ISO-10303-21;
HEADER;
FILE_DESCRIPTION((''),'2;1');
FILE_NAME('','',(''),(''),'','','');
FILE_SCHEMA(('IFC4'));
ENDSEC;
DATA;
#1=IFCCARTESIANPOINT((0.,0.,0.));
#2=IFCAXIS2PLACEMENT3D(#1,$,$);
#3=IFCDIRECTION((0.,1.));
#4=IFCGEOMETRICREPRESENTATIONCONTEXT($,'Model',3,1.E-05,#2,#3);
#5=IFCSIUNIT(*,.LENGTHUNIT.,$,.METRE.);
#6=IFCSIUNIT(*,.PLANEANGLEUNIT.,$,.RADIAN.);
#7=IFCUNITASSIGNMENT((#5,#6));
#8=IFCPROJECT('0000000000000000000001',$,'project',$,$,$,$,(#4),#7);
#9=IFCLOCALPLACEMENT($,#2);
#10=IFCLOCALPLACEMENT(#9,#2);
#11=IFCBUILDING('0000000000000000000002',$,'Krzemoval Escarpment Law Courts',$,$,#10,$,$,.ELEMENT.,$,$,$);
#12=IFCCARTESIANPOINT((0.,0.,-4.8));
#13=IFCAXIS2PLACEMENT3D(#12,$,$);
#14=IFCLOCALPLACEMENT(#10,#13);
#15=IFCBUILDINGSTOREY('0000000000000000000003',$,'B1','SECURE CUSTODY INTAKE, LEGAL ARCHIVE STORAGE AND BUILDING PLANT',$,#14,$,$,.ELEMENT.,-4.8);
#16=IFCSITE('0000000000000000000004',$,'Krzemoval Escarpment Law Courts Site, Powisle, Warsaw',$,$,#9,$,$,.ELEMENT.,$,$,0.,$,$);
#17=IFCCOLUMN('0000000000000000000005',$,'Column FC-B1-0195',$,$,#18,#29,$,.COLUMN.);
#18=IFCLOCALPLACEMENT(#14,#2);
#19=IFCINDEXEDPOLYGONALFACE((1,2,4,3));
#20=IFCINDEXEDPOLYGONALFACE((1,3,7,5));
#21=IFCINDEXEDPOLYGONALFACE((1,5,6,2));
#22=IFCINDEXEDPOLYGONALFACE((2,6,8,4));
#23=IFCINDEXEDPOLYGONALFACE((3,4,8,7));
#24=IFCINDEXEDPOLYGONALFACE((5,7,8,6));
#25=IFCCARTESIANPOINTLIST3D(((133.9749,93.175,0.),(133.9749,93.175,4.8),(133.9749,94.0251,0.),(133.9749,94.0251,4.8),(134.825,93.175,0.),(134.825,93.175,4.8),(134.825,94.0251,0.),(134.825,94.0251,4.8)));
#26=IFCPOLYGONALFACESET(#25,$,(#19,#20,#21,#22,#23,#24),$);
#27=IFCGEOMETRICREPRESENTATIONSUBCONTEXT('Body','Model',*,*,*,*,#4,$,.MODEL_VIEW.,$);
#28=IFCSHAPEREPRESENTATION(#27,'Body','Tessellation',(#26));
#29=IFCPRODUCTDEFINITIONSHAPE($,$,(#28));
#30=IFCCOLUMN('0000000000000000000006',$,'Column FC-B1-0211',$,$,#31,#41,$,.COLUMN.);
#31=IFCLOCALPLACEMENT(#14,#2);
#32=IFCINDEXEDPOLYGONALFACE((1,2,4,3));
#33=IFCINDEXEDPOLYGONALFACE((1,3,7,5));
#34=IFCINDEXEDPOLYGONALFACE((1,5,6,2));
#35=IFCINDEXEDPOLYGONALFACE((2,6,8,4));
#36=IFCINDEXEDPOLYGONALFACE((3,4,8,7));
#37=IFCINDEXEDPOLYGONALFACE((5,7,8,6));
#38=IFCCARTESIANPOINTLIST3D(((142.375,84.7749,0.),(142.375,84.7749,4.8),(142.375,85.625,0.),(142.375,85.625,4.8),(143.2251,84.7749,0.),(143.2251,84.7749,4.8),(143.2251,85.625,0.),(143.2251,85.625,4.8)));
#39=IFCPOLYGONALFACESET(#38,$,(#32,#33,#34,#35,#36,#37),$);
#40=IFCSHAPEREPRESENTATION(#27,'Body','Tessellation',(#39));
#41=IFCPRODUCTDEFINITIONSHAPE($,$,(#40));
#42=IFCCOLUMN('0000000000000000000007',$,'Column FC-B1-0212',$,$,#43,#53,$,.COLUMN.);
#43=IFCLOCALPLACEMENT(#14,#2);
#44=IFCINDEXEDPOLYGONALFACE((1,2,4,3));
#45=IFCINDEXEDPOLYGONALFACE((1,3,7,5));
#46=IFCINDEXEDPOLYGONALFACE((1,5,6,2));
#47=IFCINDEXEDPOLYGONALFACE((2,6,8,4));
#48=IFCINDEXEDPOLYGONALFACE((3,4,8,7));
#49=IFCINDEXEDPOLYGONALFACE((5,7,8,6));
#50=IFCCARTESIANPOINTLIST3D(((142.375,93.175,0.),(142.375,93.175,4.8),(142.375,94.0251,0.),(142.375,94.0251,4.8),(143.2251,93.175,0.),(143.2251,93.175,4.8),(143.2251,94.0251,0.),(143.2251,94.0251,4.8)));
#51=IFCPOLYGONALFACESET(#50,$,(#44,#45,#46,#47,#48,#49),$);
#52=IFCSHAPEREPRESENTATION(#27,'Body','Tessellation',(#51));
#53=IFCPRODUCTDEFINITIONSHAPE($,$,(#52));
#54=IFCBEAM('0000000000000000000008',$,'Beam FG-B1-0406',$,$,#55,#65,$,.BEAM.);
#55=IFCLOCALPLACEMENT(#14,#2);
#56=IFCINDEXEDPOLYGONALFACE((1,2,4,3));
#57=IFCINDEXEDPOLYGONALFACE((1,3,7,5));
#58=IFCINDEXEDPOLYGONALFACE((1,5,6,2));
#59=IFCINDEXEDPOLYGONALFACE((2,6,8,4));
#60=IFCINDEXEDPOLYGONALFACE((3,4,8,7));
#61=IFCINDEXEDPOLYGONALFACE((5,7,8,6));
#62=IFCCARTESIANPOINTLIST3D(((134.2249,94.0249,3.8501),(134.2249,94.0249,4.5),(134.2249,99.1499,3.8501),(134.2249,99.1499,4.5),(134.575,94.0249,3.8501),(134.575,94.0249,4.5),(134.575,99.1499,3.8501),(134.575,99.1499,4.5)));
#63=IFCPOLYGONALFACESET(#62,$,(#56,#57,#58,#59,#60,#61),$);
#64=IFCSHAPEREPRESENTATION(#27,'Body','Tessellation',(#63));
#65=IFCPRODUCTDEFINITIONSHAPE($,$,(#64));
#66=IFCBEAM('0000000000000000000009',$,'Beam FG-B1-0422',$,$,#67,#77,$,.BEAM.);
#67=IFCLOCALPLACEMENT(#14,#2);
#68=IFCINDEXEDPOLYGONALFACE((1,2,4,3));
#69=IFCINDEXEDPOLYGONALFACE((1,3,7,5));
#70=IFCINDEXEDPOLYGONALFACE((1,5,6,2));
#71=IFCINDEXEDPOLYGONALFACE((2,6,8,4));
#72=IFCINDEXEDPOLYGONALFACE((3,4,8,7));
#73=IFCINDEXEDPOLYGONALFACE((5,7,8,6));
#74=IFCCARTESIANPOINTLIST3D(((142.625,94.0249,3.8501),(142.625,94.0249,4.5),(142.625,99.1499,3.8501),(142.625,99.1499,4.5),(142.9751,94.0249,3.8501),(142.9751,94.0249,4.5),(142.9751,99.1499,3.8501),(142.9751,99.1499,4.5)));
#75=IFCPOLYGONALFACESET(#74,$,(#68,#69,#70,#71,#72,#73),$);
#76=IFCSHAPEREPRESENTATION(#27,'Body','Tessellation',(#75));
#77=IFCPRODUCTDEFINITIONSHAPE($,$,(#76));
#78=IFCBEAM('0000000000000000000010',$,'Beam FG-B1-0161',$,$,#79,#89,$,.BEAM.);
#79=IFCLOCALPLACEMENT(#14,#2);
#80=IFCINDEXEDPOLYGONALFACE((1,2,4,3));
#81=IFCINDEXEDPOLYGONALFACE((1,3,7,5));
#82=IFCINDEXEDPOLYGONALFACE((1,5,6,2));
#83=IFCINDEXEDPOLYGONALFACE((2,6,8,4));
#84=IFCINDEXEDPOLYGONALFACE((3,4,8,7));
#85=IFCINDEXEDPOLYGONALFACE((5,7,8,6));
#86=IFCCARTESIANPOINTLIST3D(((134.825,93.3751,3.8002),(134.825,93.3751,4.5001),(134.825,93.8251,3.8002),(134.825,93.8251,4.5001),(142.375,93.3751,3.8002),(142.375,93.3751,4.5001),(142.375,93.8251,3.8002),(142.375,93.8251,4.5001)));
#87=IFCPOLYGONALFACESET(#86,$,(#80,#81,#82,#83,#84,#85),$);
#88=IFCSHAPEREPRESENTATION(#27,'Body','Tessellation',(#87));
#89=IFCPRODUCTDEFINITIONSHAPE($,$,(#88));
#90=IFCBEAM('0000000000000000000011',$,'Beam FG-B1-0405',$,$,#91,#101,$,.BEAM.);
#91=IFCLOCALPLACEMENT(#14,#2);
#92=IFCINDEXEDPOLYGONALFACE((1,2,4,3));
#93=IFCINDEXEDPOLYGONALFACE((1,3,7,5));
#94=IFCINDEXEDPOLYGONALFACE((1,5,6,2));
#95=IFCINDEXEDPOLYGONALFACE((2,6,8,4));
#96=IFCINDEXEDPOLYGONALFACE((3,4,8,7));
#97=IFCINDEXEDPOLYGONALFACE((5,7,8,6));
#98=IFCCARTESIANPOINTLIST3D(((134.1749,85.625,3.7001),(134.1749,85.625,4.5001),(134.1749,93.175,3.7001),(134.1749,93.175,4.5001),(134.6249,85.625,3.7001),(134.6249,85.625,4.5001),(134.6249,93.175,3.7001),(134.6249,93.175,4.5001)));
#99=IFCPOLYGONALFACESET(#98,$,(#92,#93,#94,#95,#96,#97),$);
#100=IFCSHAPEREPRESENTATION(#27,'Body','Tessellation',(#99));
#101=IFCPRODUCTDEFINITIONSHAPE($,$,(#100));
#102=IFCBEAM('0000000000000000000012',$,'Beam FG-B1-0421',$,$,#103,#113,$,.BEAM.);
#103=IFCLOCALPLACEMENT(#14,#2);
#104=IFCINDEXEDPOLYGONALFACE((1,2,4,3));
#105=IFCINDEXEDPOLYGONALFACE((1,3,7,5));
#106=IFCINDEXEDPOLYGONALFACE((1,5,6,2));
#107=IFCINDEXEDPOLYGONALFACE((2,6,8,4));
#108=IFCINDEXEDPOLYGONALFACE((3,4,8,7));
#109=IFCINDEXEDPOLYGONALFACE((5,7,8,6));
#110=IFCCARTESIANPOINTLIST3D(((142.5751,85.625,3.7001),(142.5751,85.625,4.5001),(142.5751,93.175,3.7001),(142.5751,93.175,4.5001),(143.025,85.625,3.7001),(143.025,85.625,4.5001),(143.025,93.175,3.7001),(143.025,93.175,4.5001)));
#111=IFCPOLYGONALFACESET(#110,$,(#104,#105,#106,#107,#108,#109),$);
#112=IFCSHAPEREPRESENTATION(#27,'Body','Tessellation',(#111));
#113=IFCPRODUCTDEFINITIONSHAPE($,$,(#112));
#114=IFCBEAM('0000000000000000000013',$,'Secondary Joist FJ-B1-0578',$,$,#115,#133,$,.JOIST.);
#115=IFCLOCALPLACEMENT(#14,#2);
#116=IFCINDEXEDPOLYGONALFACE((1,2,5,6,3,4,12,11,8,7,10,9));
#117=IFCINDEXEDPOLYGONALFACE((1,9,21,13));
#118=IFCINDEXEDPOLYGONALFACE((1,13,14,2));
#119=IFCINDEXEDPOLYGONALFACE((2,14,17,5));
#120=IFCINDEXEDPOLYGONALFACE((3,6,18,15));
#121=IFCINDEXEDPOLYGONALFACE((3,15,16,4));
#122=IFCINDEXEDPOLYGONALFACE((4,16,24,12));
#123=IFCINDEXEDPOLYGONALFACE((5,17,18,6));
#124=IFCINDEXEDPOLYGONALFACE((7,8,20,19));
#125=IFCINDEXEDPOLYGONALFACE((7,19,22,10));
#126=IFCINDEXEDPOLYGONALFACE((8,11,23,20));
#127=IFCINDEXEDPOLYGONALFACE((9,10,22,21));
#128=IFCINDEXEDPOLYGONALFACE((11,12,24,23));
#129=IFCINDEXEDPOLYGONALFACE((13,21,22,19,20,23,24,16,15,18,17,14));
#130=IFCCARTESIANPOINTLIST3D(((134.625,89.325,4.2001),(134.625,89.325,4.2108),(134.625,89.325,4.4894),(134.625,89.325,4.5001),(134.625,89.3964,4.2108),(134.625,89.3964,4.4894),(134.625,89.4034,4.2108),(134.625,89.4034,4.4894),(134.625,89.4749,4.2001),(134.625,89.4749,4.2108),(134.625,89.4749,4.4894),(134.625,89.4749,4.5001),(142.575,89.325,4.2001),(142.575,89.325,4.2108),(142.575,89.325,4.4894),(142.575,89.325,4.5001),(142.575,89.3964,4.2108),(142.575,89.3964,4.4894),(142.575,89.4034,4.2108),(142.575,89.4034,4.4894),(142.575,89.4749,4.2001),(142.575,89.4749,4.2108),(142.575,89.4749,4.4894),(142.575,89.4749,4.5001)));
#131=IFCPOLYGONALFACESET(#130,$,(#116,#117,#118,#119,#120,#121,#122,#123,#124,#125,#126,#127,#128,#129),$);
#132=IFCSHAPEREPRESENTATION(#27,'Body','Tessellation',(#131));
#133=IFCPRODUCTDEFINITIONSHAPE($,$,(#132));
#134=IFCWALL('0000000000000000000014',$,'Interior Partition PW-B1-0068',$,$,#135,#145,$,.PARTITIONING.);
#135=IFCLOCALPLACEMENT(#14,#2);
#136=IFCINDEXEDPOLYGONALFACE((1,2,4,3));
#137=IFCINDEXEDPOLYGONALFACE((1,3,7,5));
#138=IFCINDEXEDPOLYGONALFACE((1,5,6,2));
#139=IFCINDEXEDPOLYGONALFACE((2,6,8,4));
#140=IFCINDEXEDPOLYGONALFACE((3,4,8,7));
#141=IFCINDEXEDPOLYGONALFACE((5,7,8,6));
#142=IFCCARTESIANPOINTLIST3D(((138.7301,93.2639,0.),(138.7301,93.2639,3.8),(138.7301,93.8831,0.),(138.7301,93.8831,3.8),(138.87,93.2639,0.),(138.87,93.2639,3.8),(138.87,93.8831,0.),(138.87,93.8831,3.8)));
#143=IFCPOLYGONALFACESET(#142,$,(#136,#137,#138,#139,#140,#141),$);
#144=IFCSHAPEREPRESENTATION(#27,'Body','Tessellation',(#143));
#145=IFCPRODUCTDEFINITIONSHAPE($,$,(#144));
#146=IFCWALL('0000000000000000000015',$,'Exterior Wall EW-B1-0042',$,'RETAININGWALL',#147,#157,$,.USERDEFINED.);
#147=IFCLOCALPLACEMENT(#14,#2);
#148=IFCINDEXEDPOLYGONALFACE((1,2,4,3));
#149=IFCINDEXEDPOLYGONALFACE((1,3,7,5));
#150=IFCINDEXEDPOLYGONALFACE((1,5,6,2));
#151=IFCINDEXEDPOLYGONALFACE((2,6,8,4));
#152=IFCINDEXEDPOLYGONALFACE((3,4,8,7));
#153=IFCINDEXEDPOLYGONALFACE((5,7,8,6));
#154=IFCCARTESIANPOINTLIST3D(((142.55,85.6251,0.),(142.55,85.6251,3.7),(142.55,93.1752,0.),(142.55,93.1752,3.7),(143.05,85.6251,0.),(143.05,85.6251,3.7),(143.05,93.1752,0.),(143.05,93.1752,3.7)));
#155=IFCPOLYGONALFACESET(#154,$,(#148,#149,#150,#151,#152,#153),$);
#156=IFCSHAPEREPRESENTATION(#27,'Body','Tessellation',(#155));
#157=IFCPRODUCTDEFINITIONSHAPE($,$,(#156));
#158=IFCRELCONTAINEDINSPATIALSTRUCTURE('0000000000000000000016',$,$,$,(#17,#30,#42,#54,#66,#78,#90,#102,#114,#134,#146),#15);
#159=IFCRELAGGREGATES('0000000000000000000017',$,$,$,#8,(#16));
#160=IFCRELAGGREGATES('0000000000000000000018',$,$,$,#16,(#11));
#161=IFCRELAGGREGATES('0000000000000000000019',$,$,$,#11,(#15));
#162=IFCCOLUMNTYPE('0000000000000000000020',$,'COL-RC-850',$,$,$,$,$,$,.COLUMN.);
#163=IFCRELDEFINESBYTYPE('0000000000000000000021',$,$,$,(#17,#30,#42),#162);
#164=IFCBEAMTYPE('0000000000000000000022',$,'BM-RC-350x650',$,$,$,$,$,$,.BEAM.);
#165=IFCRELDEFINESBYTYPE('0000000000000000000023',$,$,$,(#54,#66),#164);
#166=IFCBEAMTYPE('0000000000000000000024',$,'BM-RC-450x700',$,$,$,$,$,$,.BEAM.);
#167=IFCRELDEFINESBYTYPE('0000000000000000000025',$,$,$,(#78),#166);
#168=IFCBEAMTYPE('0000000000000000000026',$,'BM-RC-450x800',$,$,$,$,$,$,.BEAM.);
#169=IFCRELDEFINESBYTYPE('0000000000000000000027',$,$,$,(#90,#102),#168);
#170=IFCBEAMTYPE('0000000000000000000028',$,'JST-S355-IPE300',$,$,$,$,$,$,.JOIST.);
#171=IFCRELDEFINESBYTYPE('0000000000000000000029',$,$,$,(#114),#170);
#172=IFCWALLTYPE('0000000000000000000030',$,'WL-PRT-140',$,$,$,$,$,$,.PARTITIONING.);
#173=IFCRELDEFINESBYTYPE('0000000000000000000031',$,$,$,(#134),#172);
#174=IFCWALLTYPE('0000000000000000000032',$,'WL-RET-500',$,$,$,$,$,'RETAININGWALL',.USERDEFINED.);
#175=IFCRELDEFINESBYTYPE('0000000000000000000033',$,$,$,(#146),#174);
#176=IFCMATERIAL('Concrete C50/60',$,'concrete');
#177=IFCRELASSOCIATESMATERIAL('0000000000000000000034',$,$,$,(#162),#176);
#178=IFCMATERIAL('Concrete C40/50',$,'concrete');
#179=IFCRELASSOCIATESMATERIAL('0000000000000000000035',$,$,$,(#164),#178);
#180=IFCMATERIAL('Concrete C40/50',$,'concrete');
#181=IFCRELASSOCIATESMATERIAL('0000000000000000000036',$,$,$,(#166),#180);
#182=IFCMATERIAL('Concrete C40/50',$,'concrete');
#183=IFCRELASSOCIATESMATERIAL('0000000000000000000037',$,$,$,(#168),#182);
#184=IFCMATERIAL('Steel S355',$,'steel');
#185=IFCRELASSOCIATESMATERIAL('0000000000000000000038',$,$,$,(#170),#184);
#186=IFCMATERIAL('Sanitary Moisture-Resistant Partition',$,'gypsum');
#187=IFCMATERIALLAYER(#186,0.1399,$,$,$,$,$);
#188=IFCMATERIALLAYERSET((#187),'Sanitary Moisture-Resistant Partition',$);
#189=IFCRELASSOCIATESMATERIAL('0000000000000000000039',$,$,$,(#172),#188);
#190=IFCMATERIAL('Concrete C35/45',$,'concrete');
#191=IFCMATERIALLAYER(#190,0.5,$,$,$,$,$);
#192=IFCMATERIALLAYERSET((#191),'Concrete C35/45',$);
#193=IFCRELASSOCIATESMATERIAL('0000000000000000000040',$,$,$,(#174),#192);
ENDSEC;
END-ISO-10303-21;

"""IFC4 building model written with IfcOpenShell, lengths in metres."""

from ifc_helpers import new_model, si_unit, direction, frame, frame_2d, origin, origin_2d, place, context, subcontext, project, spatial, rectangle, i_section, extrude, material, layer, layer_set, material_profile, profile_set, type_object, element, save


model = new_model("IFC4")

# Units and contexts
model_context = context("Model", 3, precision=1e-05, world=origin(), true_north=direction((0.0, 1.0)))
body_context = subcontext(model_context, "Body", "Model", "MODEL_VIEW")
ifc_project = project(units=[si_unit("LENGTHUNIT", "METRE"), si_unit("PLANEANGLEUNIT", "RADIAN")], contexts=[model_context])

# Site, building, storey
site_placement = place(None, origin())
site = spatial("IfcSite", under=ifc_project, at=site_placement, Name="Krzemoval Escarpment Law Courts Site, Powisle, Warsaw", CompositionType="ELEMENT", RefElevation=0.0)
building_placement = place(site_placement, origin())
building = spatial("IfcBuilding", under=site, at=building_placement, Name="Krzemoval Escarpment Law Courts", CompositionType="ELEMENT")
storey_placement = place(building_placement, frame((0.0, 0.0, -4.8)))
storey = spatial("IfcBuildingStorey", under=building, at=storey_placement, Name="B1", Description="SECURE CUSTODY INTAKE, LEGAL ARCHIVE STORAGE AND BUILDING PLANT", CompositionType="ELEMENT", Elevation=-4.8)

# Columns
ifc_material_1 = material(Name="Concrete C50/60", Category="concrete")
ifc_material_profile_1 = material_profile(ifc_material_1, rectangle(XDim=0.8501, YDim=0.8501, at=origin_2d()), Name="RC 850x850")
ifc_profile_set_1 = profile_set([ifc_material_profile_1], Name="Concrete C50/60")
column_type = type_object("IfcColumnType", Name="COL-RC-850", PredefinedType="COLUMN", material=ifc_profile_set_1)
for number, where, z_axis, x_axis, name in (
    (1, (134.3999, 93.6001, 0.0), (0.0, 0.0, 1.0), (1.0, 0.0, 0.0), "Column FC-B1-0195"),
    (2, (142.8, 85.2, 0.0), (0.0, 0.0, 1.0), (1.0, 0.0, 0.0), "Column FC-B1-0211"),
    (3, (142.8, 93.6001, 0.0), (0.0, 0.0, 1.0), (1.0, 0.0, 0.0), "Column FC-B1-0212"),
):
    element("IfcColumn", number, at=place(storey_placement, frame(where, z_axis=z_axis, x_axis=x_axis)), inside=storey, type_object=column_type, Name=name, PredefinedType="COLUMN", context=body_context, shape_type="SweptSolid", body=[
        extrude(rectangle(XDim=0.8501, YDim=0.8501, at=origin_2d()), origin(), (0.0, 0.0, 1.0), 4.8),
    ])

# Beams
ifc_material_2 = material(Name="Concrete C40/50", Category="concrete")
ifc_material_profile_2 = material_profile(ifc_material_2, rectangle(XDim=0.3501, YDim=0.6499, at=origin_2d()), Name="RCB 350x650")
ifc_profile_set_2 = profile_set([ifc_material_profile_2], Name="Concrete C40/50")
beam_type_1 = type_object("IfcBeamType", Name="BM-RC-350x650", PredefinedType="BEAM", material=ifc_profile_set_2)
for number, where, z_axis, x_axis, name in (
    (4, (134.3999, 94.0249, 4.175), (0.0, 1.0, 0.0), (-1.0, 0.0, 0.0), "Beam FG-B1-0406"),
    (5, (142.8, 94.0249, 4.175), (0.0, 1.0, 0.0), (-1.0, 0.0, 0.0), "Beam FG-B1-0422"),
):
    element("IfcBeam", number, at=place(storey_placement, frame(where, z_axis=z_axis, x_axis=x_axis)), inside=storey, type_object=beam_type_1, Name=name, PredefinedType="BEAM", context=body_context, shape_type="SweptSolid", body=[
        extrude(rectangle(XDim=0.3501, YDim=0.6499, at=origin_2d()), origin(), (0.0, 0.0, 1.0), 5.125),
    ])
ifc_material_3 = material(Name="Concrete C40/50", Category="concrete")
ifc_material_profile_3 = material_profile(ifc_material_3, rectangle(XDim=0.45, YDim=0.7, at=origin_2d()), Name="RCB 450x700")
ifc_profile_set_3 = profile_set([ifc_material_profile_3], Name="Concrete C40/50")
beam_type_2 = type_object("IfcBeamType", Name="BM-RC-450x700", PredefinedType="BEAM", material=ifc_profile_set_3)
beam_1_placement = place(storey_placement, frame((134.825, 93.6001, 4.1501), z_axis=(1.0, 0.0, 0.0), x_axis=(0.0, 1.0, 0.0)))
element("IfcBeam", 6, at=beam_1_placement, inside=storey, type_object=beam_type_2, Name="Beam FG-B1-0161", PredefinedType="BEAM", context=body_context, shape_type="SweptSolid", body=[
    extrude(rectangle(XDim=0.45, YDim=0.7, at=origin_2d()), origin(), (0.0, 0.0, 1.0), 7.55),
])
ifc_material_4 = material(Name="Concrete C40/50", Category="concrete")
ifc_material_profile_4 = material_profile(ifc_material_4, rectangle(XDim=0.45, YDim=0.8, at=origin_2d()), Name="RCB 450x800")
ifc_profile_set_4 = profile_set([ifc_material_profile_4], Name="Concrete C40/50")
beam_type_3 = type_object("IfcBeamType", Name="BM-RC-450x800", PredefinedType="BEAM", material=ifc_profile_set_4)
for number, where, z_axis, x_axis, name in (
    (7, (134.3999, 85.625, 4.1001), (0.0, 1.0, 0.0), (-1.0, 0.0, 0.0), "Beam FG-B1-0405"),
    (8, (142.8, 85.625, 4.1001), (0.0, 1.0, 0.0), (-1.0, 0.0, 0.0), "Beam FG-B1-0421"),
):
    element("IfcBeam", number, at=place(storey_placement, frame(where, z_axis=z_axis, x_axis=x_axis)), inside=storey, type_object=beam_type_3, Name=name, PredefinedType="BEAM", context=body_context, shape_type="SweptSolid", body=[
        extrude(rectangle(XDim=0.45, YDim=0.8, at=origin_2d()), origin(), (0.0, 0.0, 1.0), 7.55),
    ])
ifc_material_5 = material(Name="Steel S355", Category="steel")
ifc_material_profile_5 = material_profile(ifc_material_5, i_section(OverallWidth=0.1499, OverallDepth=0.3, WebThickness=0.0071, FlangeThickness=0.0107, at=origin_2d()), Name="IPE 300")
ifc_profile_set_5 = profile_set([ifc_material_profile_5], Name="Steel S355")
beam_type_4 = type_object("IfcBeamType", Name="JST-S355-IPE300", PredefinedType="JOIST", material=ifc_profile_set_5)
beam_2_placement = place(storey_placement, frame((134.625, 89.3999, 4.3501), z_axis=(1.0, 0.0, 0.0), x_axis=(0.0, 1.0, 0.0)))
element("IfcBeam", 9, at=beam_2_placement, inside=storey, type_object=beam_type_4, Name="Secondary Joist FJ-B1-0578", PredefinedType="JOIST", context=body_context, shape_type="SweptSolid", body=[
    extrude(i_section(OverallWidth=0.1499, OverallDepth=0.3, WebThickness=0.0071, FlangeThickness=0.0107, at=origin_2d()), origin(), (0.0, 0.0, 1.0), 7.95),
])

# Walls
ifc_material_6 = material(Name="Sanitary Moisture-Resistant Partition", Category="gypsum")
ifc_layer_1 = layer(ifc_material_6, 0.1399)
ifc_layer_set_1 = layer_set([ifc_layer_1], Name="Sanitary Moisture-Resistant Partition")
wall_type_1 = type_object("IfcWallType", Name="WL-PRT-140", PredefinedType="PARTITIONING", material=ifc_layer_set_1)
wall_1_placement = place(storey_placement, frame((138.8, 93.2639, 0.0), z_axis=(0.0, 0.0, 1.0), x_axis=(0.0, 1.0, 0.0)))
element("IfcWall", 10, at=wall_1_placement, inside=storey, type_object=wall_type_1, Name="Interior Partition PW-B1-0068", PredefinedType="PARTITIONING", context=body_context, shape_type="SweptSolid", body=[
    extrude(rectangle(XDim=0.6191, YDim=0.1399, at=frame_2d((0.3096, 0.0))), origin(), (0.0, 0.0, 1.0), 3.8),
])
ifc_material_7 = material(Name="Concrete C35/45", Category="concrete")
ifc_layer_2 = layer(ifc_material_7, 0.5)
ifc_layer_set_2 = layer_set([ifc_layer_2], Name="Concrete C35/45")
wall_type_2 = type_object("IfcWallType", Name="WL-RET-500", ElementType="RETAININGWALL", PredefinedType="USERDEFINED", material=ifc_layer_set_2)
wall_2_placement = place(storey_placement, frame((142.8, 93.175, 0.0), z_axis=(0.0, 0.0, 1.0), x_axis=(0.0, -1.0, 0.0)))
element("IfcWall", 11, at=wall_2_placement, inside=storey, type_object=wall_type_2, Name="Exterior Wall EW-B1-0042", ObjectType="RETAININGWALL", PredefinedType="USERDEFINED", context=body_context, shape_type="SweptSolid", body=[
    extrude(rectangle(XDim=7.55, YDim=0.5, at=frame_2d((3.7749, 0.0))), origin(), (0.0, 0.0, 1.0), 3.7),
])

save(model, "model.ifc")
